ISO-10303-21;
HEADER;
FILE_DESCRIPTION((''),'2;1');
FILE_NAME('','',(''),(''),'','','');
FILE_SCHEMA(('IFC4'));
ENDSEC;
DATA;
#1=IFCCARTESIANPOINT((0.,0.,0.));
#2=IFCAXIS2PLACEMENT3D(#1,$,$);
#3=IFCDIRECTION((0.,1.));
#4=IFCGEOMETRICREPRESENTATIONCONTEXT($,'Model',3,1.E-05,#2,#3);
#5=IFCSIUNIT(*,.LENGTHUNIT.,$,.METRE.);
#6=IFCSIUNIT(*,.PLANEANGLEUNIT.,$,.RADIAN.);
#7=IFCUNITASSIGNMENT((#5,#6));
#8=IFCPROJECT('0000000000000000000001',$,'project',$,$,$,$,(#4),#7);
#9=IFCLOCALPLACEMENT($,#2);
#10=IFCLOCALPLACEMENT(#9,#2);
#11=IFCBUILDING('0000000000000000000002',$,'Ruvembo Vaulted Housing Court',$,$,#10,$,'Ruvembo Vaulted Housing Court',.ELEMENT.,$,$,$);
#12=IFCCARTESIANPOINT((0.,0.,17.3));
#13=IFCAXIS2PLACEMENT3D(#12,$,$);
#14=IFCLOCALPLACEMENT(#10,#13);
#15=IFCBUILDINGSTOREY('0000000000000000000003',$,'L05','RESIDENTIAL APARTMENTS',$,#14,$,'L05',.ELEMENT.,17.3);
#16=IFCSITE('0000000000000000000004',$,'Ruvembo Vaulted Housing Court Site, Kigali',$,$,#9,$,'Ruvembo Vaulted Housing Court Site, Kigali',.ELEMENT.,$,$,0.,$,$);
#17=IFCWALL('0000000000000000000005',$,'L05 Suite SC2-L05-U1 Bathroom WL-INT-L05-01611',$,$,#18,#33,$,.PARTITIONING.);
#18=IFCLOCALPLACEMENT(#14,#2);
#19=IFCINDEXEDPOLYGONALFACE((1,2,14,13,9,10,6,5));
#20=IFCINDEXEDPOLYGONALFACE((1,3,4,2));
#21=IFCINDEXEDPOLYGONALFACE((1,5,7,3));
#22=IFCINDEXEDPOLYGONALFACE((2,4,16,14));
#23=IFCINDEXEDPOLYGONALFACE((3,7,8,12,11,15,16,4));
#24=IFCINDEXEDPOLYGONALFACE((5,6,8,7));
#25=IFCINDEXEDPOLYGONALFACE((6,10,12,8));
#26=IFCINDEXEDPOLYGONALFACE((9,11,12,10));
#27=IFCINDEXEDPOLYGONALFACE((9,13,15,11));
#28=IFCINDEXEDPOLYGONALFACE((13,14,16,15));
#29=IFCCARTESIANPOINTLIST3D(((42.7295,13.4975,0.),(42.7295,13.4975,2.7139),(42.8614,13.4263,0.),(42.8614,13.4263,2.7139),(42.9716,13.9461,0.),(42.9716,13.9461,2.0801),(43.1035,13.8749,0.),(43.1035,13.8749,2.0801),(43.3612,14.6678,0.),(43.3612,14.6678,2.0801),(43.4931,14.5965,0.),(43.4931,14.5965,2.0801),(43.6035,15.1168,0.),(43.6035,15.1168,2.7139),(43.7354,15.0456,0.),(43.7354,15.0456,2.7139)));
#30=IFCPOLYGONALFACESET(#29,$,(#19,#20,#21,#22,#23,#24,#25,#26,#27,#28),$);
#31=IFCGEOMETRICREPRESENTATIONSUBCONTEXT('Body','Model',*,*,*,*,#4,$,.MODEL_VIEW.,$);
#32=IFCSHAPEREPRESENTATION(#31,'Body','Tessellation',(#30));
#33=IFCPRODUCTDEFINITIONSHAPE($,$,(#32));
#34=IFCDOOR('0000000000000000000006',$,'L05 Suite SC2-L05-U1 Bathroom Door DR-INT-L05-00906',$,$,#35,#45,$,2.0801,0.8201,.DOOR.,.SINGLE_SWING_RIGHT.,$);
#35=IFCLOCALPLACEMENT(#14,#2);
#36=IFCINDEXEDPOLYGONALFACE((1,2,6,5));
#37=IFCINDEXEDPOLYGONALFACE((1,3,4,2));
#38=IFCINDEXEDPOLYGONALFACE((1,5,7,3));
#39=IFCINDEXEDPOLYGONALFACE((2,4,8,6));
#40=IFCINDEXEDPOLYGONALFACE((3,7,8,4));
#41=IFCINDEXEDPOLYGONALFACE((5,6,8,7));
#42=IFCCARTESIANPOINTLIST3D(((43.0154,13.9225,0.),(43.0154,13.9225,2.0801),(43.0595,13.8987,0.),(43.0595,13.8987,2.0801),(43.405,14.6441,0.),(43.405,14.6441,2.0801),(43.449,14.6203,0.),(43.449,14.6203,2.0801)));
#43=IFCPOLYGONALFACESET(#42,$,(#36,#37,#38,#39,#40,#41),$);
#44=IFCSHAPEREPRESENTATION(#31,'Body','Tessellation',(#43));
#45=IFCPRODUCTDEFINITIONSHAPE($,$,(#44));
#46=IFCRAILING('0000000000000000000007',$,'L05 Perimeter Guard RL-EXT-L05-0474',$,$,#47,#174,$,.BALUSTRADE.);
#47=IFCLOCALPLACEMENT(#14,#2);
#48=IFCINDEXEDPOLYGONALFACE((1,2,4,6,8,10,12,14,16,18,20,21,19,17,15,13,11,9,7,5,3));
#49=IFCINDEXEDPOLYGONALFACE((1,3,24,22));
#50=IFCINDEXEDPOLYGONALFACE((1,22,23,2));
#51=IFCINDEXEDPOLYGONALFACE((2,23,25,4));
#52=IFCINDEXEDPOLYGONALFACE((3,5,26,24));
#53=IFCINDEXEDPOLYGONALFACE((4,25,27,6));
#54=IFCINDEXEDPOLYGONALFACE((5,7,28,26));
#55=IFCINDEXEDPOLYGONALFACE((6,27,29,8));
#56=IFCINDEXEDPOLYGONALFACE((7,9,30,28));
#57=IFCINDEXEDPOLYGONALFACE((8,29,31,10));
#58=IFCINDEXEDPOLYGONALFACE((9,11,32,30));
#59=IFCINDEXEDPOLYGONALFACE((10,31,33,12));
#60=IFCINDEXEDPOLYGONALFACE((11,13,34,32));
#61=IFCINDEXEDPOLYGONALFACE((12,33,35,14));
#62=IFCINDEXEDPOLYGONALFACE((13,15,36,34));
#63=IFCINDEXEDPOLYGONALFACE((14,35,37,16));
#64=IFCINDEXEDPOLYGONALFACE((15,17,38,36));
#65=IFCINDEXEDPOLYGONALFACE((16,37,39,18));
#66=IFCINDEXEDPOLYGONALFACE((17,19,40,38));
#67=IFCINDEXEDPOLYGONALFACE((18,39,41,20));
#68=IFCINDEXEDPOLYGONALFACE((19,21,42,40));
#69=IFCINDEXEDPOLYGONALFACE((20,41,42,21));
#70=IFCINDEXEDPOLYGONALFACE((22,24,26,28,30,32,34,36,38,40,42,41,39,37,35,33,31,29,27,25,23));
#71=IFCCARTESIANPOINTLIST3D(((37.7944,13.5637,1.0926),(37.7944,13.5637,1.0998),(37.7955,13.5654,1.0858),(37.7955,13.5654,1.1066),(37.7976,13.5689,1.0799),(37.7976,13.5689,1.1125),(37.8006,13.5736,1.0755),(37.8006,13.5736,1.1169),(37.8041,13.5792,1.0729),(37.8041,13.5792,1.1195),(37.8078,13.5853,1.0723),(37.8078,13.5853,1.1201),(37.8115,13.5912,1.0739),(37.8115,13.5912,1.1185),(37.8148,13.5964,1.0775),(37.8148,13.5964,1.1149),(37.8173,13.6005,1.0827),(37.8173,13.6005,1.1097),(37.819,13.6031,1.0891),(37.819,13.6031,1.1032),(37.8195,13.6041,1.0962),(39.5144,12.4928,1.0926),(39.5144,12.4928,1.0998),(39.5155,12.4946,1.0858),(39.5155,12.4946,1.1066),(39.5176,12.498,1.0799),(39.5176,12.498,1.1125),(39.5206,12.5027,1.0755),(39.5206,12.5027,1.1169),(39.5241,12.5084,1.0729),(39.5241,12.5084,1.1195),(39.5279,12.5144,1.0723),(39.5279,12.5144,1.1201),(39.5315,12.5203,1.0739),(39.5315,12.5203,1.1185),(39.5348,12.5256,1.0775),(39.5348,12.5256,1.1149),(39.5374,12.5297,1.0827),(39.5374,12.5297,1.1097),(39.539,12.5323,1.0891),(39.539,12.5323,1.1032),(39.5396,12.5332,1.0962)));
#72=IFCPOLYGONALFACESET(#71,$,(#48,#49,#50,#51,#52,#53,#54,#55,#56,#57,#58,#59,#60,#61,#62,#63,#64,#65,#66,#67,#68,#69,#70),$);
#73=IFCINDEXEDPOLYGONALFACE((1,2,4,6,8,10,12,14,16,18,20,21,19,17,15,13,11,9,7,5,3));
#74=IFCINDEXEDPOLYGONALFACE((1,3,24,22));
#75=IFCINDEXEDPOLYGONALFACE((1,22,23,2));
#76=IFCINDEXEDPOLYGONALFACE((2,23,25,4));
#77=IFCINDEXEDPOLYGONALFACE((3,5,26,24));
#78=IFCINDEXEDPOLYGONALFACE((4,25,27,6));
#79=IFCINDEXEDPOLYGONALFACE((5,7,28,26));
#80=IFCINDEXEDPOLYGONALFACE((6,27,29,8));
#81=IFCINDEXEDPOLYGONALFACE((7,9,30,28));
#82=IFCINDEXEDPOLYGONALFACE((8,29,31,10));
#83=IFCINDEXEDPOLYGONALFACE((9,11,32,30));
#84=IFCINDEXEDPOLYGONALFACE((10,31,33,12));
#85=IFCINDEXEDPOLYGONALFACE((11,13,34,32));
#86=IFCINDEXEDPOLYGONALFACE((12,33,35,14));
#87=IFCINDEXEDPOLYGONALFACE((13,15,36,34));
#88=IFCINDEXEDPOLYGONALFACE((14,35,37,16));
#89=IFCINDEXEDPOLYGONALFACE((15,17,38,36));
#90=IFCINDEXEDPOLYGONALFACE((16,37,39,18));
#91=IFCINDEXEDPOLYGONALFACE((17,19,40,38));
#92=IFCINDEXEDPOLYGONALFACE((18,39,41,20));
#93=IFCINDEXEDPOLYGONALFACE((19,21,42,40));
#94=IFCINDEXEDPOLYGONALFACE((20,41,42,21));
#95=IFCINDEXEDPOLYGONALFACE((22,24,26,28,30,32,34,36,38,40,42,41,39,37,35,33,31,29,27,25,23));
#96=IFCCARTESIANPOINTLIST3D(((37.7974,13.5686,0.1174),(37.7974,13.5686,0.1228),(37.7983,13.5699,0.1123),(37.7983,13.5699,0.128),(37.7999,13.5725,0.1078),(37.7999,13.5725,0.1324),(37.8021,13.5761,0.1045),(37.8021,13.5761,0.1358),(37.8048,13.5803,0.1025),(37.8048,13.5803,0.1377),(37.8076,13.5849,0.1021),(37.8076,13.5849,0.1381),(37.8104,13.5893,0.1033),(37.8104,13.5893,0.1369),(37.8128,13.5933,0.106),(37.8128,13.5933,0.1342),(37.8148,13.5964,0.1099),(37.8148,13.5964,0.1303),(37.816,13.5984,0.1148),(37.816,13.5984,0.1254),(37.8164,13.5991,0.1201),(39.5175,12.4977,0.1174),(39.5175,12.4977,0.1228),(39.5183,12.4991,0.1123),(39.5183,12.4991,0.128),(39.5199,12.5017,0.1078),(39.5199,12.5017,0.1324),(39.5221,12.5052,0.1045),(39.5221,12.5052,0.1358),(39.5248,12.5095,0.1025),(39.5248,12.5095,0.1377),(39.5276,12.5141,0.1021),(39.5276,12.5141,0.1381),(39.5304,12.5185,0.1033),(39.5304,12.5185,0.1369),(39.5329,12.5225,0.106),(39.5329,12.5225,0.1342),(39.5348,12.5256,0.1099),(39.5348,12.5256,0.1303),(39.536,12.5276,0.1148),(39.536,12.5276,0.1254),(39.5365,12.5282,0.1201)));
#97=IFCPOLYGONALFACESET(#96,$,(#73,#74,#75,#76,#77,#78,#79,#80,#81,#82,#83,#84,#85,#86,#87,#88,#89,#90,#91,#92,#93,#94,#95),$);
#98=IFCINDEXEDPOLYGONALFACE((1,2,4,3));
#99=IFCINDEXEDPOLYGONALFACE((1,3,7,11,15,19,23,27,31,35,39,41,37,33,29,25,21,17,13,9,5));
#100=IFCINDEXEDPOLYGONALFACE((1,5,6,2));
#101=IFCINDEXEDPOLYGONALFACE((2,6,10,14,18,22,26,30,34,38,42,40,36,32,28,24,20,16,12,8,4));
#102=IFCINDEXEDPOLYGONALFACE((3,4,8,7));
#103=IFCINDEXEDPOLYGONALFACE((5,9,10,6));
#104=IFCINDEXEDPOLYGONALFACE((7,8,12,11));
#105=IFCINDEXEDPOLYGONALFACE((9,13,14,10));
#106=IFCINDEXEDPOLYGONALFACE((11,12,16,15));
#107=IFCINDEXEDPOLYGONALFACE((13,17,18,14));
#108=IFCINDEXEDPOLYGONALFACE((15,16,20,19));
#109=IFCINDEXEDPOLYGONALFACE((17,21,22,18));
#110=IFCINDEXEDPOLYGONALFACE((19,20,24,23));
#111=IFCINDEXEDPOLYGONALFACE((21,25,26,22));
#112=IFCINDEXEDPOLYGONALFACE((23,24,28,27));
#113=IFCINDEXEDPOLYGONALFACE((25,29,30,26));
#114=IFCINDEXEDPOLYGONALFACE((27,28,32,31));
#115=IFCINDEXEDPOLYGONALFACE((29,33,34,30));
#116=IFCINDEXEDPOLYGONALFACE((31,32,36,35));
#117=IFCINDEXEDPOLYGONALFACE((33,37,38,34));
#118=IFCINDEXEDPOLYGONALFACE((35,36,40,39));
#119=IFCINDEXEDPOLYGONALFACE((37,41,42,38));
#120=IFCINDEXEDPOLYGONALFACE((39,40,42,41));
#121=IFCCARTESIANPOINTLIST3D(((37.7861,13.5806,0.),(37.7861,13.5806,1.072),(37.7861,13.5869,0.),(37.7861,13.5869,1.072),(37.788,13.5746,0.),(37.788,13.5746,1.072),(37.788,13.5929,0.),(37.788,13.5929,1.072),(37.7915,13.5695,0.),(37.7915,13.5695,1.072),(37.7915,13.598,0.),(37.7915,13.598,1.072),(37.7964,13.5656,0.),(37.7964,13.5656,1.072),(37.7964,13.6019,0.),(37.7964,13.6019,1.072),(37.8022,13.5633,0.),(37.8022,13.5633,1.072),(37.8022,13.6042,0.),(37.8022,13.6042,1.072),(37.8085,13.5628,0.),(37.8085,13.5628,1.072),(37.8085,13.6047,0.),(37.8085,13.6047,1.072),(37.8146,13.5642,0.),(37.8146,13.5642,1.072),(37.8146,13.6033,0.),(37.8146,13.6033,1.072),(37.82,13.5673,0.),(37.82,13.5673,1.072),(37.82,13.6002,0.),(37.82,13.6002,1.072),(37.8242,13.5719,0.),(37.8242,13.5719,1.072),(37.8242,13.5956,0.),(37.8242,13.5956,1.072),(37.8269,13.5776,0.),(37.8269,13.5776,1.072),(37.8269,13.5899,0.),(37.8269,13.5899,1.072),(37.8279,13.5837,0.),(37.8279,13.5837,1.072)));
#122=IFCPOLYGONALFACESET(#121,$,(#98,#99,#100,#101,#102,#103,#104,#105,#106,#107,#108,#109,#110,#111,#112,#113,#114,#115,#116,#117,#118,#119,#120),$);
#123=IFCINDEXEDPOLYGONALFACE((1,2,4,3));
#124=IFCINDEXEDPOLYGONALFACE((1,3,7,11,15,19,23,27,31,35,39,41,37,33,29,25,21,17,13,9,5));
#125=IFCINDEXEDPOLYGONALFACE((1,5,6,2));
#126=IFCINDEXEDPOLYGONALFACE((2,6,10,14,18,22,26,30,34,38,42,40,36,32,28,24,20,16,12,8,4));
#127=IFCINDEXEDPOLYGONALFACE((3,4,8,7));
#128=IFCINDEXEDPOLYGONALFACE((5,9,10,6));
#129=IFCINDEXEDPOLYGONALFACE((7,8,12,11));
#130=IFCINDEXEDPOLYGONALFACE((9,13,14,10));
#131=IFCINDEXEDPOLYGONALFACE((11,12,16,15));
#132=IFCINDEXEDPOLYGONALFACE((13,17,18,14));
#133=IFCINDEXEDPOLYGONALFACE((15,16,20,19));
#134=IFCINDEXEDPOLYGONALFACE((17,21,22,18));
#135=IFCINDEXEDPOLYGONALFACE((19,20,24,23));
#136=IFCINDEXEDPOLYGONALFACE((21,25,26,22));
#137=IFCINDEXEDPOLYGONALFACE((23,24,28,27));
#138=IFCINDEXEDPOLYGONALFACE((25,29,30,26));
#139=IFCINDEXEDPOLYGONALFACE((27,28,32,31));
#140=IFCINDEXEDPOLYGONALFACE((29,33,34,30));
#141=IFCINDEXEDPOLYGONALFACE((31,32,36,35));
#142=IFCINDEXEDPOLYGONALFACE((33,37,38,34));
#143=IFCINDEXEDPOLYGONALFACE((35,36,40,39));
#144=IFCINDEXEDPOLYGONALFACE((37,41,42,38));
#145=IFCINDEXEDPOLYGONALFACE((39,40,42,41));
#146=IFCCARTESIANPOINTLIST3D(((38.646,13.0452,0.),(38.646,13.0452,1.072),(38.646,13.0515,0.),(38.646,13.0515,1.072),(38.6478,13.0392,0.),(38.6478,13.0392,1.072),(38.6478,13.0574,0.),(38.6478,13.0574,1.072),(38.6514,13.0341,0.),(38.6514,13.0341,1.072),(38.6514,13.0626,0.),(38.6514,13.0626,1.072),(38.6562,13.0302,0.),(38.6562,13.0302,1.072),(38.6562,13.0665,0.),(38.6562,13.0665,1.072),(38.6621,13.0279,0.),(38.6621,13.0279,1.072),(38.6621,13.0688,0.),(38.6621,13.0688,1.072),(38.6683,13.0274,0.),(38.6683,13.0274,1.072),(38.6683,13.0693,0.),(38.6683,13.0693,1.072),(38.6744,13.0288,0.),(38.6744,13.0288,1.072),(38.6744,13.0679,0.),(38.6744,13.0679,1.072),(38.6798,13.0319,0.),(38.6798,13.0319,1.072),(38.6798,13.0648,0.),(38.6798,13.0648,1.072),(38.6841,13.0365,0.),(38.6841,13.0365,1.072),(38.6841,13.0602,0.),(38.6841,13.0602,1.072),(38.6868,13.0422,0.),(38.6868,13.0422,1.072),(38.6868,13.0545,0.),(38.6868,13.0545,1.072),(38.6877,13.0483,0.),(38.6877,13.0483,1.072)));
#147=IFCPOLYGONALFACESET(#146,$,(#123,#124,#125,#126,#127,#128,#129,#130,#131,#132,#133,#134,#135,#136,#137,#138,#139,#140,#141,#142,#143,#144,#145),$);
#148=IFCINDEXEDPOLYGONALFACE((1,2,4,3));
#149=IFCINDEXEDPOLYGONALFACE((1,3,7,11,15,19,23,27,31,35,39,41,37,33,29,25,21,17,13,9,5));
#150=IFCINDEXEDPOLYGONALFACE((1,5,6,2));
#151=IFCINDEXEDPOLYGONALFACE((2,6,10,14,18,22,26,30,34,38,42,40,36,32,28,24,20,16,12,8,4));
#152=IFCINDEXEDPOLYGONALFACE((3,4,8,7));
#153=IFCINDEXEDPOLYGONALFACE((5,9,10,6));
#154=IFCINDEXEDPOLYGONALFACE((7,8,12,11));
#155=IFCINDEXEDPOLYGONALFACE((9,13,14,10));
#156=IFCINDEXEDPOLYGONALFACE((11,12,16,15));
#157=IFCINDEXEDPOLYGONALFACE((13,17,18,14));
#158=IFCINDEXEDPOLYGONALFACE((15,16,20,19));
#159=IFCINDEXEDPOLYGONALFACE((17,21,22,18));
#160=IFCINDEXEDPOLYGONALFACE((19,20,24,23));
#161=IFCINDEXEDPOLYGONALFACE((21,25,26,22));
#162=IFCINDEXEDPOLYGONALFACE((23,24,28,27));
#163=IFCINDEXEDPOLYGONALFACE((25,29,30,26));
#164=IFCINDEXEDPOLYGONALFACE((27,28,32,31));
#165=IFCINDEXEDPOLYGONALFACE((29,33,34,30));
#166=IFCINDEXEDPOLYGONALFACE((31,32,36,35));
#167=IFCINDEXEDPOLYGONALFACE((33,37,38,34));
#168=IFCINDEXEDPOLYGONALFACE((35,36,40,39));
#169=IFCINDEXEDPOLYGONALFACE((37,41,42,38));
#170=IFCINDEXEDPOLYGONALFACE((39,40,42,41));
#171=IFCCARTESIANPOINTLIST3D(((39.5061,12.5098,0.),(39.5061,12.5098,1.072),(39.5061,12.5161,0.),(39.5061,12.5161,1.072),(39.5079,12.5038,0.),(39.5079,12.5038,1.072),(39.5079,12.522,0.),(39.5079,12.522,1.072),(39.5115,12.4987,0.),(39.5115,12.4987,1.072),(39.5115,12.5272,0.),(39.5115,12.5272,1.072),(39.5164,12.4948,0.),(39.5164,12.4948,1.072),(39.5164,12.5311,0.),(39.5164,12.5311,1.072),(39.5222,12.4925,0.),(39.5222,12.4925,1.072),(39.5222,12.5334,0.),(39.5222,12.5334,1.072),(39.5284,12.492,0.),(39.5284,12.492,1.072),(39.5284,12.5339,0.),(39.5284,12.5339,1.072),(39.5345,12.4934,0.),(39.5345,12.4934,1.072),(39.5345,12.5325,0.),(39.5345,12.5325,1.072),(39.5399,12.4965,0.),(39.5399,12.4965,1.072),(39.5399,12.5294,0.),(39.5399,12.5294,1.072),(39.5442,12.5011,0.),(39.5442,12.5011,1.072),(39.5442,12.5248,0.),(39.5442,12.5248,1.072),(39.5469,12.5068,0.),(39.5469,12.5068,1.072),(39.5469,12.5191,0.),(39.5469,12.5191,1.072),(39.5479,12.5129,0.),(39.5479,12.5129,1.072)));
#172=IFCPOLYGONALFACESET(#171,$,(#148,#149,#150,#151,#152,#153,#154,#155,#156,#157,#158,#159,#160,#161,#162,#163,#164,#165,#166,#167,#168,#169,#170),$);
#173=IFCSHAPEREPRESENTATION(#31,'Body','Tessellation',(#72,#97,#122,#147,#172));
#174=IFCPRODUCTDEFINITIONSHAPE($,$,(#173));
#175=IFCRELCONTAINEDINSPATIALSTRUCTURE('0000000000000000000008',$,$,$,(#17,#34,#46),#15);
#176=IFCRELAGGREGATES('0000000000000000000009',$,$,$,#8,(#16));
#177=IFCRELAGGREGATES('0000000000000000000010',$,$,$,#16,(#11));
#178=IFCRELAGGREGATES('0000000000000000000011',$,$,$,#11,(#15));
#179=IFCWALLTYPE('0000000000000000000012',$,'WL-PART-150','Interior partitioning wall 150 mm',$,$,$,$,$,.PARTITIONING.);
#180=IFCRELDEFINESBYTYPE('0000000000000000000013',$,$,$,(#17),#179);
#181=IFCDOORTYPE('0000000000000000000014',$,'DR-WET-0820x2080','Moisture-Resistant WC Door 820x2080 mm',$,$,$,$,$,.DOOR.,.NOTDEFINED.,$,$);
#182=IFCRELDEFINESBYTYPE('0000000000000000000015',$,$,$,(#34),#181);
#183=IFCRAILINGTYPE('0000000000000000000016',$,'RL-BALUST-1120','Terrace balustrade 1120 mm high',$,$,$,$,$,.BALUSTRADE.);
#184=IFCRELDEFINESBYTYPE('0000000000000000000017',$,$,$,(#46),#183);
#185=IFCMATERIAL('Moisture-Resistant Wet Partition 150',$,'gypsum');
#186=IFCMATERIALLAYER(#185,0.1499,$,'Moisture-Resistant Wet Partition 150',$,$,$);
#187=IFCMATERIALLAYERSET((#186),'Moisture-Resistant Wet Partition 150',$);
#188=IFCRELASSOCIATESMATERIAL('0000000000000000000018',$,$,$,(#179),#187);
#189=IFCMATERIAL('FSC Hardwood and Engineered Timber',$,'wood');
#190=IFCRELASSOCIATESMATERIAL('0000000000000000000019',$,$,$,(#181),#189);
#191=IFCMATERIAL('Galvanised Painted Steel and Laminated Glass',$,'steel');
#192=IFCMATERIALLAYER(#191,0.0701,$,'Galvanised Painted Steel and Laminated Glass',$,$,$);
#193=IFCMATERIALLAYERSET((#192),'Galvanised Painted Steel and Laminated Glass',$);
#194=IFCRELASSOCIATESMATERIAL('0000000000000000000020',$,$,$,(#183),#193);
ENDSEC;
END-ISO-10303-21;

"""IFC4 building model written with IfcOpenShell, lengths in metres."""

from ifc_helpers import new_model, si_unit, direction, frame, frame_2d, origin, origin_2d, place, context, subcontext, project, spatial, rectangle, circle, extrude, material, layer, layer_set, type_object, element, fill, save


model = new_model("IFC4")

# Units and contexts
model_context = context("Model", 3, precision=1e-05, world=origin(), true_north=direction((0.0, 1.0)))
body_context = subcontext(model_context, "Body", "Model", "MODEL_VIEW")
ifc_project = project(units=[si_unit("LENGTHUNIT", "METRE"), si_unit("PLANEANGLEUNIT", "RADIAN")], contexts=[model_context])

# Site, building, storey
site_placement = place(None, origin())
site = spatial("IfcSite", under=ifc_project, at=site_placement, Name="Ruvembo Vaulted Housing Court Site, Kigali", LongName="Ruvembo Vaulted Housing Court Site, Kigali", CompositionType="ELEMENT", RefElevation=0.0)
building_placement = place(site_placement, origin())
building = spatial("IfcBuilding", under=site, at=building_placement, Name="Ruvembo Vaulted Housing Court", LongName="Ruvembo Vaulted Housing Court", CompositionType="ELEMENT")
storey_placement = place(building_placement, frame((0.0, 0.0, 17.3)))
storey = spatial("IfcBuildingStorey", under=building, at=storey_placement, Name="L05", Description="RESIDENTIAL APARTMENTS", LongName="L05", CompositionType="ELEMENT", Elevation=17.3)

# Shared definitions
ifc_material_1 = material(Name="FSC Hardwood and Engineered Timber", Category="wood")

# Wall, opening, door
ifc_material_2 = material(Name="Moisture-Resistant Wet Partition 150", Category="gypsum")
ifc_layer_1 = layer(ifc_material_2, 0.1499, Name="Moisture-Resistant Wet Partition 150")
ifc_layer_set_1 = layer_set([ifc_layer_1], Name="Moisture-Resistant Wet Partition 150")
wall_type_1 = type_object("IfcWallType", Name="WL-PART-150", Description="Interior partitioning wall 150 mm", PredefinedType="PARTITIONING", material=ifc_layer_set_1)
wall_1_placement = place(storey_placement, frame((43.6694, 15.0811, 0.0), z_axis=(0.0, 0.0, 1.0), x_axis=(-0.475017, -0.879976, 0.0)))
wall_1 = element("IfcWall", 1, at=wall_1_placement, inside=storey, type_object=wall_type_1, Name="L05 Suite SC2-L05-U1 Bathroom WL-INT-L05-01611", PredefinedType="PARTITIONING", context=body_context, shape_type="SweptSolid", body=[
    extrude(rectangle(XDim=1.8401, YDim=0.1499, at=frame_2d((0.9199, 0.0))), origin(), (0.0, 0.0, 1.0), 2.7139),
])
opening_1_placement = place(wall_1_placement, frame((0.51, 0.0, 0.0)))
opening_1 = element("IfcOpeningElement", 2, at=opening_1_placement, cuts=wall_1, PredefinedType="OPENING", context=body_context, shape_type="SweptSolid", body=[
    extrude(rectangle(XDim=0.8201, YDim=2.0801, at=frame_2d((0.4102, 1.04))), frame((0.0, 0.085, 0.0), z_axis=(0.0, -1.0, 0.0), x_axis=(1.0, 0.0, 0.0)), (0.0, 0.0, 1.0), 0.1699),
])
door_type_1 = type_object("IfcDoorType", Name="DR-WET-0820x2080", Description="Moisture-Resistant WC Door 820x2080 mm", OperationType="NOTDEFINED", PredefinedType="DOOR", material=ifc_material_1)
door_1_placement = place(opening_1_placement, origin())
door_1 = element("IfcDoor", 3, at=door_1_placement, inside=storey, type_object=door_type_1, Name="L05 Suite SC2-L05-U1 Bathroom Door DR-INT-L05-00906", OperationType="SINGLE_SWING_RIGHT", OverallHeight=2.0801, OverallWidth=0.8201, PredefinedType="DOOR", context=body_context, shape_type="SweptSolid", body=[
    extrude(rectangle(XDim=0.8201, YDim=2.0801, at=frame_2d((0.4102, 1.04))), frame((0.0, 0.0249, 0.0), z_axis=(0.0, -1.0, 0.0), x_axis=(1.0, 0.0, 0.0)), (0.0, 0.0, 1.0), 0.05),
])
fill(opening_1, door_1)

# Railing
ifc_material_3 = material(Name="Galvanised Painted Steel and Laminated Glass", Category="steel")
ifc_layer_2 = layer(ifc_material_3, 0.0701, Name="Galvanised Painted Steel and Laminated Glass")
ifc_layer_set_2 = layer_set([ifc_layer_2], Name="Galvanised Painted Steel and Laminated Glass")
railing_type_1 = type_object("IfcRailingType", Name="RL-BALUST-1120", Description="Terrace balustrade 1120 mm high", PredefinedType="BALUSTRADE", material=ifc_layer_set_2)
railing_1_placement = place(storey_placement, frame((37.8069, 13.5837, 0.0)))
element("IfcRailing", 4, at=railing_1_placement, inside=storey, type_object=railing_type_1, Name="L05 Perimeter Guard RL-EXT-L05-0474", PredefinedType="BALUSTRADE", context=body_context, shape_type="SweptSolid", body=[
    extrude(circle(Radius=0.0239, at=origin_2d()), frame((0.0, 0.0, 1.0962), z_axis=(0.848924, -0.528514, 0.0), x_axis=(0.528514, 0.848924, 0.0)), (0.0, 0.0, 1.0), 2.0261),
    extrude(circle(Radius=0.0181, at=origin_2d()), frame((0.0, 0.0, 0.1201), z_axis=(0.848924, -0.528514, 0.0), x_axis=(0.528514, 0.848924, 0.0)), (0.0, 0.0, 1.0), 2.0261),
    extrude(circle(Radius=0.021, at=origin_2d()), origin(), (0.0, 0.0, 1.0), 1.072),
    extrude(circle(Radius=0.021, at=origin_2d()), frame((0.8599, -0.5354, 0.0)), (0.0, 0.0, 1.0), 1.072),
    extrude(circle(Radius=0.021, at=origin_2d()), frame((1.72, -1.0708, 0.0)), (0.0, 0.0, 1.0), 1.072),
])

save(model, "model.ifc")
